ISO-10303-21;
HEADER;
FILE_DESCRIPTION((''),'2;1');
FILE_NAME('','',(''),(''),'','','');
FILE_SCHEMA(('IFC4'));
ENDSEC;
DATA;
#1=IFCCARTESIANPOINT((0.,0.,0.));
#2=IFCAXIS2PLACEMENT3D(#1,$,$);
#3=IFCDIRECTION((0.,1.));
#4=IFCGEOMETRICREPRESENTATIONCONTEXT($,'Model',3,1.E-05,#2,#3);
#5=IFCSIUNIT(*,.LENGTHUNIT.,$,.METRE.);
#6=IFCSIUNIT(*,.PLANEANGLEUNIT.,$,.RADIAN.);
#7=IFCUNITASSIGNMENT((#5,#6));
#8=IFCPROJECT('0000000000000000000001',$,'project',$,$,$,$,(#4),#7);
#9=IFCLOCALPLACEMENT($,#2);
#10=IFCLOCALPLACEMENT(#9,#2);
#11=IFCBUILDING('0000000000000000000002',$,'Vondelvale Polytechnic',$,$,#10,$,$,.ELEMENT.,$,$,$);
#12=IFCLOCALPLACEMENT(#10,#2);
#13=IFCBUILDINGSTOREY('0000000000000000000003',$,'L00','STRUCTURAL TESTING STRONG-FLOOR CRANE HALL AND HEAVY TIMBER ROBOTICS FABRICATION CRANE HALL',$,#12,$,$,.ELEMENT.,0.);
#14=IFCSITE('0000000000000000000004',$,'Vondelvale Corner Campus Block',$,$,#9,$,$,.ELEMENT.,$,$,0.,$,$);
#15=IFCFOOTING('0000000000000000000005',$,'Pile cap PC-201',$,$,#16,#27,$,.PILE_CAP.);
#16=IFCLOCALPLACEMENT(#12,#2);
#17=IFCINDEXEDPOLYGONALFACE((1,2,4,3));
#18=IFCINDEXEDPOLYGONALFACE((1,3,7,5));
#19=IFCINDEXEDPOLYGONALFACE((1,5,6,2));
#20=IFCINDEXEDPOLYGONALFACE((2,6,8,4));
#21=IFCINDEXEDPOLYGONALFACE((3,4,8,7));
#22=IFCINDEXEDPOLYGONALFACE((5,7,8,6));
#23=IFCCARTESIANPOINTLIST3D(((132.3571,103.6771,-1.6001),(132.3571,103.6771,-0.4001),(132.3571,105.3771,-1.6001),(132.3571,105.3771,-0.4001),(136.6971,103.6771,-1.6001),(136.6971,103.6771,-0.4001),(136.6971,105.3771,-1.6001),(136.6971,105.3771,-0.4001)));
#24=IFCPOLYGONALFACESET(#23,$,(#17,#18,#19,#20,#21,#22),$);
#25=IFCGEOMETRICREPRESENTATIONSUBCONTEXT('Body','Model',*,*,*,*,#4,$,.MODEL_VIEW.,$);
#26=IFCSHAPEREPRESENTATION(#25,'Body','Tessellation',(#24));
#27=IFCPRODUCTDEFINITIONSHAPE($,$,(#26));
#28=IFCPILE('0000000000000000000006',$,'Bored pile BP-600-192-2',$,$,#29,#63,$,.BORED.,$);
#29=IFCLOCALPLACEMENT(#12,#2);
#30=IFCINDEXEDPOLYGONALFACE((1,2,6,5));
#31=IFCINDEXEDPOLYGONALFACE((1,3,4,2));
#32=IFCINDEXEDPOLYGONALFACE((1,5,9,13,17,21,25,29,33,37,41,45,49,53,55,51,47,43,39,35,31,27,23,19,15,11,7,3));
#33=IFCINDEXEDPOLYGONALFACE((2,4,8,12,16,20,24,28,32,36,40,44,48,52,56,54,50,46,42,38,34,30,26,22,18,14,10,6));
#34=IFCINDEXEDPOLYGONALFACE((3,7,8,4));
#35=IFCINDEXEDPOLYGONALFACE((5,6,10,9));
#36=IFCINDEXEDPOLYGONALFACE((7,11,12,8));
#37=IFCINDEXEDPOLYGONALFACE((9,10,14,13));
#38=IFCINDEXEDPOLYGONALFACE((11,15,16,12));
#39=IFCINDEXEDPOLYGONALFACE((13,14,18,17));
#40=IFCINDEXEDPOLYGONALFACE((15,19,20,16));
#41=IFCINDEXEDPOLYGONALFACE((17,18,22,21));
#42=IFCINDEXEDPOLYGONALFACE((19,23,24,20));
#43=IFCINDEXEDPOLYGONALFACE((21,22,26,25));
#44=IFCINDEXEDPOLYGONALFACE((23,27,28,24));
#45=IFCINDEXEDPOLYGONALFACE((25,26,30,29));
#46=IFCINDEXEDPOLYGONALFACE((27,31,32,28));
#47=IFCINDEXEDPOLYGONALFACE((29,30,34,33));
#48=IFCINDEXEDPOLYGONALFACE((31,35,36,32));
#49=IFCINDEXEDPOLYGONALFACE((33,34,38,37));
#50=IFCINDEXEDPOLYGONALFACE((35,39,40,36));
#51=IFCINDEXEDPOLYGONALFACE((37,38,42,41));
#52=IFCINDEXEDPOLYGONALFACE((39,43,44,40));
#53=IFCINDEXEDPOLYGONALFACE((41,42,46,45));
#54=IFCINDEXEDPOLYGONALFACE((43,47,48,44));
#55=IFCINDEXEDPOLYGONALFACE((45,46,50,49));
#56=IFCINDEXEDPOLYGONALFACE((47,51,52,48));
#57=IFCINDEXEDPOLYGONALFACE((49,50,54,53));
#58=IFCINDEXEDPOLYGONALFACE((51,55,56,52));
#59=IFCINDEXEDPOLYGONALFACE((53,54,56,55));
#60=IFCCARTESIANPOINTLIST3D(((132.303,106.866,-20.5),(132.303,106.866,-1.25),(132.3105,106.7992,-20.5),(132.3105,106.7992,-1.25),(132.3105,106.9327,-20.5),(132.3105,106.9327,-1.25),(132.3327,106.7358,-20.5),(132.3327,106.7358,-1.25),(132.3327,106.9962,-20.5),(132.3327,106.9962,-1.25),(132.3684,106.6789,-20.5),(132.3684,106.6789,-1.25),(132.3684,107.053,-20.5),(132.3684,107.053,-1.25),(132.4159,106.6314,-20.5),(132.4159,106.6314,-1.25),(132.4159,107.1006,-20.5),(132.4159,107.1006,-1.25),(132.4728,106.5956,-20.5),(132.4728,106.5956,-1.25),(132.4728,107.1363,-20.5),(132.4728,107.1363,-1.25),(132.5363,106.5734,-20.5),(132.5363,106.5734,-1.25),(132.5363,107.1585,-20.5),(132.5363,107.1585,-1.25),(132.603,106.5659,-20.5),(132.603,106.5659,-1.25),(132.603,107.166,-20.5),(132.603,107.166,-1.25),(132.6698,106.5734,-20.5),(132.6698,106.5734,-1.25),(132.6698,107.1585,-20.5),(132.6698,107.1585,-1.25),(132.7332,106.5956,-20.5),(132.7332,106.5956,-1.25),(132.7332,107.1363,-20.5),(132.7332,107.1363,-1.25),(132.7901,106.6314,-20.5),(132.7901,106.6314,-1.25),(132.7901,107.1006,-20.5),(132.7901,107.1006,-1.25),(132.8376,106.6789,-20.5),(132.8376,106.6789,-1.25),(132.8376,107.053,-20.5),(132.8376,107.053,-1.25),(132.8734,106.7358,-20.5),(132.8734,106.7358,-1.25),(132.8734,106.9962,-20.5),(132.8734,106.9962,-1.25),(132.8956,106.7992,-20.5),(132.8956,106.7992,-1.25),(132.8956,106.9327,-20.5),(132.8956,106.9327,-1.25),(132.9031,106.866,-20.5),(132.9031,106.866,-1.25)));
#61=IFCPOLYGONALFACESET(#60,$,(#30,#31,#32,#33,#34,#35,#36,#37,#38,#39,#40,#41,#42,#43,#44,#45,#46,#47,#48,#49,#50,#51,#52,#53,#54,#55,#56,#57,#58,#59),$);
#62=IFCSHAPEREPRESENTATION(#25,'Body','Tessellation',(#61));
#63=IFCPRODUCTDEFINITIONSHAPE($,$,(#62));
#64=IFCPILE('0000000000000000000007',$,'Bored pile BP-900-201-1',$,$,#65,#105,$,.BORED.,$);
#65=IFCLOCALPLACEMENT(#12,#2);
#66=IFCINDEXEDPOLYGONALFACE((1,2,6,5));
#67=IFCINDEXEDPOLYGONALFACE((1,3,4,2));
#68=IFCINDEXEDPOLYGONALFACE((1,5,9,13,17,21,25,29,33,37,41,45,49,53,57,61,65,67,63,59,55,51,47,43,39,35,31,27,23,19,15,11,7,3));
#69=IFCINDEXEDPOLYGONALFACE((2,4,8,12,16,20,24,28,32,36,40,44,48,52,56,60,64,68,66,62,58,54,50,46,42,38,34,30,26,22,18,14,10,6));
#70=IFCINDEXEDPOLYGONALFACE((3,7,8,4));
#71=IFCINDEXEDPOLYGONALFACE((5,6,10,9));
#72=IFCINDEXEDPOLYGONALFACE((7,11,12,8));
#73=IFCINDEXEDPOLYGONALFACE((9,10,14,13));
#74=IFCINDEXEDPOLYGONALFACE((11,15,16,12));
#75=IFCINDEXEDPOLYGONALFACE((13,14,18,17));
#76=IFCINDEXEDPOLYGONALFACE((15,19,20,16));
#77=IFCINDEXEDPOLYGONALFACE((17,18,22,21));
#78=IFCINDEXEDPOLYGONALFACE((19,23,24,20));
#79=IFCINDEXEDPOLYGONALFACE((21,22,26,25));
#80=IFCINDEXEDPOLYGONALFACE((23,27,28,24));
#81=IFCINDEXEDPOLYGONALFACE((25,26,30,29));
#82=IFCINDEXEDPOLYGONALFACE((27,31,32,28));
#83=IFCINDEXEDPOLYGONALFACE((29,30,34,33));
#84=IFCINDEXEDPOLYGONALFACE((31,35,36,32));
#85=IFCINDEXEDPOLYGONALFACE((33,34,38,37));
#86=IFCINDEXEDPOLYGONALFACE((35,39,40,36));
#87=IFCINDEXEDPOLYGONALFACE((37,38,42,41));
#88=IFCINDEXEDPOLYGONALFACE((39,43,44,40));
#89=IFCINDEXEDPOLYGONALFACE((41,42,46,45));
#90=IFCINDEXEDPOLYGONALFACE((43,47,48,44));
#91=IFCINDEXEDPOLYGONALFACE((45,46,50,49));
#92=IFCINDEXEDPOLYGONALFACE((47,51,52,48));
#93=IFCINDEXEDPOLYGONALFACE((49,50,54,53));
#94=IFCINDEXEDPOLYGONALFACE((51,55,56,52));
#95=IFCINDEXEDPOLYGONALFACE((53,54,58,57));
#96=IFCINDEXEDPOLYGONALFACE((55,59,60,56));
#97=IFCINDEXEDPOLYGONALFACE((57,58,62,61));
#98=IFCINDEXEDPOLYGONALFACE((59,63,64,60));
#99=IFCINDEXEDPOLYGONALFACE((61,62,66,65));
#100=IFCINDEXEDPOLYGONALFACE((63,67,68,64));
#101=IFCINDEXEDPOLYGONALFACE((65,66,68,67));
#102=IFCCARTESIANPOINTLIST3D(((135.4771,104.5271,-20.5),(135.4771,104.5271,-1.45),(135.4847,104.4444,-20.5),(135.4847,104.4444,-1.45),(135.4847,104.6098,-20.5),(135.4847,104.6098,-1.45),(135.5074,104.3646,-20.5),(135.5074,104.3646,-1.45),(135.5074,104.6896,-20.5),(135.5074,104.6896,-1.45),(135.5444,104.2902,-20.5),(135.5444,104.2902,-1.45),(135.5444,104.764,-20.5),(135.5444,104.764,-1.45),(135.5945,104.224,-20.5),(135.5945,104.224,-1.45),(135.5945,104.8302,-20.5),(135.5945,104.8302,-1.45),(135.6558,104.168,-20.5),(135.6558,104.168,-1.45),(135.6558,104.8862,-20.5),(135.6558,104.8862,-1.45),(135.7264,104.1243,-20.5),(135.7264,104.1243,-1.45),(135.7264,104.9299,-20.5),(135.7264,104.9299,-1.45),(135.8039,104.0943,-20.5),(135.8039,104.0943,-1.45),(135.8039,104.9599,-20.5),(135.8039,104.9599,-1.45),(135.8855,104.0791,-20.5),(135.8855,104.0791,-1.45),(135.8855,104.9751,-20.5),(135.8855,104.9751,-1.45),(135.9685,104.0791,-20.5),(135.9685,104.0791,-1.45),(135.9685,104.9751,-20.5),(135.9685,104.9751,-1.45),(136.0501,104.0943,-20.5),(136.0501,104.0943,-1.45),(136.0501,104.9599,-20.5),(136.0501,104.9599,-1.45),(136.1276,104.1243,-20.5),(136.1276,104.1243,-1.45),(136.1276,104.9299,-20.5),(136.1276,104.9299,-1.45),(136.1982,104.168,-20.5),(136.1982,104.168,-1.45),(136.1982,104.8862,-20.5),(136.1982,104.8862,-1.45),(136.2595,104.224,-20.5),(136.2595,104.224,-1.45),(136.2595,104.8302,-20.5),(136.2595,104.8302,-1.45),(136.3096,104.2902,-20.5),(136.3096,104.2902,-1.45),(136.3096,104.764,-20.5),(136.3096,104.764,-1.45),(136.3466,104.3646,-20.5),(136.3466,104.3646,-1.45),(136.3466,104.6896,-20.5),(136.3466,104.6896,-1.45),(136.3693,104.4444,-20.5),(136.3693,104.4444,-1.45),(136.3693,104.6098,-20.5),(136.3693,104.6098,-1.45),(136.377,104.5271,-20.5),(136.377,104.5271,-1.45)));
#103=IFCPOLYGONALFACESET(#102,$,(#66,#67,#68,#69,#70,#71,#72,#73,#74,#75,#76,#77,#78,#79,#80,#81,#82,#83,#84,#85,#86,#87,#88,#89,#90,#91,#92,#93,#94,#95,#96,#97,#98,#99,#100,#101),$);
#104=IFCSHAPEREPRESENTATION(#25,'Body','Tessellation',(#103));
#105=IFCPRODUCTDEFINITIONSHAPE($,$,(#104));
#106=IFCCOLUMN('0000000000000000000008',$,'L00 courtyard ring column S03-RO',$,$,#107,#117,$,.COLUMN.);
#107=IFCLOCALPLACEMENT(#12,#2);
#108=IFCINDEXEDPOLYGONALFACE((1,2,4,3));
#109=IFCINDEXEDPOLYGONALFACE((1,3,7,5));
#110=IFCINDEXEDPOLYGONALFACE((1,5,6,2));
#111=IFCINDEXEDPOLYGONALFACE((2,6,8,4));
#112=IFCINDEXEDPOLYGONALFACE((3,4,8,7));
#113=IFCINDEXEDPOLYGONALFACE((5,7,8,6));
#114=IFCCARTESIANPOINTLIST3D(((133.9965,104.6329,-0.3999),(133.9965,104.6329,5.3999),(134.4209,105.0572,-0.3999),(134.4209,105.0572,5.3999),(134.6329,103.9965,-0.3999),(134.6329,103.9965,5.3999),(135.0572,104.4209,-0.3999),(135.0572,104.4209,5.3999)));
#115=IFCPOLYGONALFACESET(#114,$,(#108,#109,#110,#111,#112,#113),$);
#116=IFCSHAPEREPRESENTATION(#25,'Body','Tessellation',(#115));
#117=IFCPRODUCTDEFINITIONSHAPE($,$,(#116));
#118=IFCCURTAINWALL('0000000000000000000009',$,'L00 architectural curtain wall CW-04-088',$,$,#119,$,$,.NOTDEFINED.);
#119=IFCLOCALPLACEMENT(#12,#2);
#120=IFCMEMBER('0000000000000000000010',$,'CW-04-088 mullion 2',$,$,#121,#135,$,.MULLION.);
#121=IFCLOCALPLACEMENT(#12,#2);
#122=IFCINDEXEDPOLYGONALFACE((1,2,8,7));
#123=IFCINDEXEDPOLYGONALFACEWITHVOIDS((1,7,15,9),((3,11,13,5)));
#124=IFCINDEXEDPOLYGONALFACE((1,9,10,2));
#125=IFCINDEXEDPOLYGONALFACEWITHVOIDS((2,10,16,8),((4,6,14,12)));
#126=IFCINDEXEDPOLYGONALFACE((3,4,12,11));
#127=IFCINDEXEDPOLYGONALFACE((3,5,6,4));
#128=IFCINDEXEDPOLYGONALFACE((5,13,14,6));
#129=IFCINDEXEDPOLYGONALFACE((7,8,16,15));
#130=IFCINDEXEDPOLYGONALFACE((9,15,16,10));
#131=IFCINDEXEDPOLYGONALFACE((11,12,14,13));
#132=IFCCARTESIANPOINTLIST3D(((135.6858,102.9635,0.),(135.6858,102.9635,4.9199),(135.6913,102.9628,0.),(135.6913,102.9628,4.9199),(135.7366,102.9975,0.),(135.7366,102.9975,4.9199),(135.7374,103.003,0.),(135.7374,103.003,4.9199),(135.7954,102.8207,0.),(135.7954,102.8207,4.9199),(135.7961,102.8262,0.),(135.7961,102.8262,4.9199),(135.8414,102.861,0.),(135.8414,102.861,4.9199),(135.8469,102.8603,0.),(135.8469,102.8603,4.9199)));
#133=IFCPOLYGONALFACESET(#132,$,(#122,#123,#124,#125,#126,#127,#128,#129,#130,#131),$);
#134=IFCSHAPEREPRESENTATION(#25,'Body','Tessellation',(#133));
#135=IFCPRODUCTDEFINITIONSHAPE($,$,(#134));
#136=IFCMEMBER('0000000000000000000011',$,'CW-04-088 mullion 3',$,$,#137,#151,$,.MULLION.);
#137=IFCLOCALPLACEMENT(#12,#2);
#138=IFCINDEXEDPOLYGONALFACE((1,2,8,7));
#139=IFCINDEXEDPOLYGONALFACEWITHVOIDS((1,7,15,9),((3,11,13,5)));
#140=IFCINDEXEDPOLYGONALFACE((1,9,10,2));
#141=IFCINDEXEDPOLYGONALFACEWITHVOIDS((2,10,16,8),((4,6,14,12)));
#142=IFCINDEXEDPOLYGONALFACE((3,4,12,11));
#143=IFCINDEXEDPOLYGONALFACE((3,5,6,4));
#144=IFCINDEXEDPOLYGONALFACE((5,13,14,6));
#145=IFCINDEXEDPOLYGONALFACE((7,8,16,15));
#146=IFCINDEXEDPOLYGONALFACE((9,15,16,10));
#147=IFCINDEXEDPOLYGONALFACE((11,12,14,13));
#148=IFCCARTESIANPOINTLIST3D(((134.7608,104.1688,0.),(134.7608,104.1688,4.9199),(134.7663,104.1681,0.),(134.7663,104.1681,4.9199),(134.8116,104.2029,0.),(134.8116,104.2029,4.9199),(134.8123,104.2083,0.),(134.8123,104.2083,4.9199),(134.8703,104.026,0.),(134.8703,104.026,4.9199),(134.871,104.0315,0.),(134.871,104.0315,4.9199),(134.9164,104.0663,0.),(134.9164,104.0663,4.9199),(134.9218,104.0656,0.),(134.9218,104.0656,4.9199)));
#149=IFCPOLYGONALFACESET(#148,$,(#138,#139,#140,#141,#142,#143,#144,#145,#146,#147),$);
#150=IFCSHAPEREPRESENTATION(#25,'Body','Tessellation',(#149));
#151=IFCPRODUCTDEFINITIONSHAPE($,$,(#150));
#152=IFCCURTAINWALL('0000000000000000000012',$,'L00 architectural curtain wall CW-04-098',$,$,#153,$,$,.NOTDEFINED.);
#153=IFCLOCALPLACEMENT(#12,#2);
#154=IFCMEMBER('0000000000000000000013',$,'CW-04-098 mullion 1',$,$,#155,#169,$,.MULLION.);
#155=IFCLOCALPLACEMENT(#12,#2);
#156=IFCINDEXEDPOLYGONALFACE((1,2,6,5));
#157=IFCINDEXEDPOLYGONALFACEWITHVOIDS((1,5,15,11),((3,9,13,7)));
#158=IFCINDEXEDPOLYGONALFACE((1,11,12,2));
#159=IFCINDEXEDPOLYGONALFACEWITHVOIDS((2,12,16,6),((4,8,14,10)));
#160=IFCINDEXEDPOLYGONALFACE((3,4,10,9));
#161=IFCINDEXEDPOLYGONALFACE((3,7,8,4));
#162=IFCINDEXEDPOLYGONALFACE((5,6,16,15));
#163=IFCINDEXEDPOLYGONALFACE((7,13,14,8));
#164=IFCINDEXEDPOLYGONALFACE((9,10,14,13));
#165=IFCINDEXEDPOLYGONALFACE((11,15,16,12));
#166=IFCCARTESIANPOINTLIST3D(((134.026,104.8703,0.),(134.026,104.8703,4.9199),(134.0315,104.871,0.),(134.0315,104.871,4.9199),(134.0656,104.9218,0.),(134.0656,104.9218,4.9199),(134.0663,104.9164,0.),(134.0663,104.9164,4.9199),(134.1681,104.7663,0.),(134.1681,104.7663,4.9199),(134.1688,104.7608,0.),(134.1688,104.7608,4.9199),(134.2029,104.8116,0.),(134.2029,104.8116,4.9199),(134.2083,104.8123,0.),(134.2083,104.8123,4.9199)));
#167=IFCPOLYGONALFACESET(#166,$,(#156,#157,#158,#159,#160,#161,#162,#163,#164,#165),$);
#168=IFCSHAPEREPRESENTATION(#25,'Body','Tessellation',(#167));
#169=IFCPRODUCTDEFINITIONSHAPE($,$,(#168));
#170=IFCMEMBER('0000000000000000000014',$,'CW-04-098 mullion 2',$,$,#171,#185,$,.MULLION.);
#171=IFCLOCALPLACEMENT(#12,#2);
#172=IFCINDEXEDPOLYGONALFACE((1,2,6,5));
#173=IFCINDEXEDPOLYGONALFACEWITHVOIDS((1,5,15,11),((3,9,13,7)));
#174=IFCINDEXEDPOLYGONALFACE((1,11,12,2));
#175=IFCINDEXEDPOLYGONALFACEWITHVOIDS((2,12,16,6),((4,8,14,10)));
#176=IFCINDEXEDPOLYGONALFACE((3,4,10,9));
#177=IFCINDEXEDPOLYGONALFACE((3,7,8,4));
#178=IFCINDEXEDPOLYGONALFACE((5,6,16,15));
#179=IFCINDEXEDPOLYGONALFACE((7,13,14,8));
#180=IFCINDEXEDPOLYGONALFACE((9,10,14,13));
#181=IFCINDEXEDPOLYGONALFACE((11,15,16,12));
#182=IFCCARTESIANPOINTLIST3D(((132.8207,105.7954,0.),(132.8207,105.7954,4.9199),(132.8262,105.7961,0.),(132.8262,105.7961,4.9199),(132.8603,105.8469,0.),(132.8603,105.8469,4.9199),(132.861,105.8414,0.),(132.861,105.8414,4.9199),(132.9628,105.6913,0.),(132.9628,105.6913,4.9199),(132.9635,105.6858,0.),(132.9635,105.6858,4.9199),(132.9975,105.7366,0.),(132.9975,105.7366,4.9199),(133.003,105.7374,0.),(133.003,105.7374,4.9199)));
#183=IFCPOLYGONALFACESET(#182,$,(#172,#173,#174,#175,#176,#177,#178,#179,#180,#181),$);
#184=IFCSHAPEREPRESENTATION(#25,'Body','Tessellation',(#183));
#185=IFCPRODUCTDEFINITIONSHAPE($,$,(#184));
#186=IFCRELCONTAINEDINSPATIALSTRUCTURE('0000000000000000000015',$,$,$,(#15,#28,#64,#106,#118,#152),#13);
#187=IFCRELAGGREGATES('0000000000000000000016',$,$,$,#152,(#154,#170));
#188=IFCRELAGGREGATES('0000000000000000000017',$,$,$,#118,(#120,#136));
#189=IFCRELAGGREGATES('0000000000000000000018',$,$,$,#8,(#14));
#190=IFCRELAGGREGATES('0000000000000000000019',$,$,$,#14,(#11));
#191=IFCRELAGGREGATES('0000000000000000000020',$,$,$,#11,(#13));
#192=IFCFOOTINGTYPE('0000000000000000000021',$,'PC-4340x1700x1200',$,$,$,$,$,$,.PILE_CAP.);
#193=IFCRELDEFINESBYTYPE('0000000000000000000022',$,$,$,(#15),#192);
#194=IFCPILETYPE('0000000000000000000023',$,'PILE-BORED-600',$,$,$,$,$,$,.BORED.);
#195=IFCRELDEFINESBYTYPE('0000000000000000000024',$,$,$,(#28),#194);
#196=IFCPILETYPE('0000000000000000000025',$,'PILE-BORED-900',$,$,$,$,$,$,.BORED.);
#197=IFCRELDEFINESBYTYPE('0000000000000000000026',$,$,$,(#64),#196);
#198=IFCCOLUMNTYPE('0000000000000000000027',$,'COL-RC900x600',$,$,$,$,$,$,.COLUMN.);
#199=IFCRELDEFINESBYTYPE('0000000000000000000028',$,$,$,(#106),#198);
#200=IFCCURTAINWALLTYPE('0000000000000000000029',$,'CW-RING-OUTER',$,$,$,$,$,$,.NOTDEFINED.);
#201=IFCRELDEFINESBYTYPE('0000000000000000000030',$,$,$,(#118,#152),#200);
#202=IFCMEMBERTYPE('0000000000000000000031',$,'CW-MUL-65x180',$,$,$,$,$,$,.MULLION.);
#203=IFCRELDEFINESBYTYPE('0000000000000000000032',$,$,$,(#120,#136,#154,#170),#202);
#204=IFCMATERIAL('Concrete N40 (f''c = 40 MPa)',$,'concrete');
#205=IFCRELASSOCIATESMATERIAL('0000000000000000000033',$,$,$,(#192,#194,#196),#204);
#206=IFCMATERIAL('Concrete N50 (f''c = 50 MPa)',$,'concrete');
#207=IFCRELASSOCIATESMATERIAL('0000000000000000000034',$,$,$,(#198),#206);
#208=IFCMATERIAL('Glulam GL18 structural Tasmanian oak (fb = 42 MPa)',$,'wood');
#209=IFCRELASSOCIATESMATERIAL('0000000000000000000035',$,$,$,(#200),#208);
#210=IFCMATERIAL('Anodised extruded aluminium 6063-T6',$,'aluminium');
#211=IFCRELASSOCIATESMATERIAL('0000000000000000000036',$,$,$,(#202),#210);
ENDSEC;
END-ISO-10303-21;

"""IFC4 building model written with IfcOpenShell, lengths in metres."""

from ifc_helpers import new_model, si_unit, direction, frame, origin, origin_2d, place, context, subcontext, project, spatial, rectangle, hollow_rectangle, circle, extrude, material, material_profile, profile_set, type_object, element, aggregate, save


model = new_model("IFC4")

# Units and contexts
model_context = context("Model", 3, precision=1e-05, world=origin(), true_north=direction((0.0, 1.0)))
body_context = subcontext(model_context, "Body", "Model", "MODEL_VIEW")
ifc_project = project(units=[si_unit("LENGTHUNIT", "METRE"), si_unit("PLANEANGLEUNIT", "RADIAN")], contexts=[model_context])

# Site, building, storey
site_placement = place(None, origin())
site = spatial("IfcSite", under=ifc_project, at=site_placement, Name="Vondelvale Corner Campus Block", CompositionType="ELEMENT", RefElevation=0.0)
building_placement = place(site_placement, origin())
building = spatial("IfcBuilding", under=site, at=building_placement, Name="Vondelvale Polytechnic", CompositionType="ELEMENT")
storey_placement = place(building_placement, origin())
storey = spatial("IfcBuildingStorey", under=building, at=storey_placement, Name="L00", Description="STRUCTURAL TESTING STRONG-FLOOR CRANE HALL AND HEAVY TIMBER ROBOTICS FABRICATION CRANE HALL", CompositionType="ELEMENT", Elevation=0.0)

# Footing
ifc_material_1 = material(Name="Concrete N40 (f'c = 40 MPa)", Category="concrete")
footing_type = type_object("IfcFootingType", Name="PC-4340x1700x1200", PredefinedType="PILE_CAP", material=ifc_material_1)
footing_placement = place(storey_placement, frame((134.5271, 104.5271, -1.6001), z_axis=(0.0, 0.0, 1.0), x_axis=(1.0, 0.0, 0.0)))
element("IfcFooting", 1, at=footing_placement, inside=storey, type_object=footing_type, Name="Pile cap PC-201", PredefinedType="PILE_CAP", context=body_context, shape_type="SweptSolid", body=[
    extrude(rectangle(XDim=4.3401, YDim=1.7, at=origin_2d()), origin(), (0.0, 0.0, 1.0), 1.2),
])

# Piles
ifc_material_profile_1 = material_profile(ifc_material_1, circle(Radius=0.3, at=origin_2d()), Name="PILE-D600")
ifc_profile_set_1 = profile_set([ifc_material_profile_1], Name="Concrete N40 (f'c = 40 MPa)")
pile_type_1 = type_object("IfcPileType", Name="PILE-BORED-600", PredefinedType="BORED", material=ifc_profile_set_1)
pile_1_placement = place(storey_placement, frame((132.603, 106.866, -1.25), z_axis=(0.0, 0.0, -1.0), x_axis=(1.0, 0.0, 0.0)))
element("IfcPile", 2, at=pile_1_placement, inside=storey, type_object=pile_type_1, Name="Bored pile BP-600-192-2", PredefinedType="BORED", context=body_context, shape_type="SweptSolid", body=[
    extrude(circle(Radius=0.3, at=origin_2d()), origin(), (0.0, 0.0, 1.0), 19.25),
])
ifc_material_profile_2 = material_profile(ifc_material_1, circle(Radius=0.45, at=origin_2d()), Name="PILE-D900")
ifc_profile_set_2 = profile_set([ifc_material_profile_2], Name="Concrete N40 (f'c = 40 MPa)")
pile_type_2 = type_object("IfcPileType", Name="PILE-BORED-900", PredefinedType="BORED", material=ifc_profile_set_2)
pile_2_placement = place(storey_placement, frame((135.927, 104.5271, -1.45), z_axis=(0.0, 0.0, -1.0), x_axis=(1.0, 0.0, 0.0)))
element("IfcPile", 3, at=pile_2_placement, inside=storey, type_object=pile_type_2, Name="Bored pile BP-900-201-1", PredefinedType="BORED", context=body_context, shape_type="SweptSolid", body=[
    extrude(circle(Radius=0.45, at=origin_2d()), origin(), (0.0, 0.0, 1.0), 19.05),
])

# Column
ifc_material_2 = material(Name="Concrete N50 (f'c = 50 MPa)", Category="concrete")
ifc_material_profile_3 = material_profile(ifc_material_2, rectangle(XDim=0.6001, YDim=0.8999, at=origin_2d()), Name="RC-COL-900x600")
ifc_profile_set_3 = profile_set([ifc_material_profile_3], Name="Concrete N50 (f'c = 50 MPa)")
column_type = type_object("IfcColumnType", Name="COL-RC900x600", PredefinedType="COLUMN", material=ifc_profile_set_3)
column_placement = place(storey_placement, frame((134.5269, 104.5269, -0.3999), z_axis=(0.0, 0.0, 1.0), x_axis=(0.707107, 0.707107, 0.0)))
element("IfcColumn", 4, at=column_placement, inside=storey, type_object=column_type, Name="L00 courtyard ring column S03-RO", PredefinedType="COLUMN", context=body_context, shape_type="SweptSolid", body=[
    extrude(rectangle(XDim=0.6001, YDim=0.8999, at=origin_2d()), origin(), (0.0, 0.0, 1.0), 5.7998),
])

# Curtain walls, members
ifc_material_3 = material(Name="Glulam GL18 structural Tasmanian oak (fb = 42 MPa)", Category="wood")
curtain_wall_type = type_object("IfcCurtainWallType", Name="CW-RING-OUTER", PredefinedType="NOTDEFINED", material=ifc_material_3)
curtain_wall_1_placement = place(storey_placement, origin())
curtain_wall_1 = element("IfcCurtainWall", 5, at=curtain_wall_1_placement, inside=storey, type_object=curtain_wall_type, Name="L00 architectural curtain wall CW-04-088", PredefinedType="NOTDEFINED")
ifc_material_4 = material(Name="Anodised extruded aluminium 6063-T6", Category="aluminium")
ifc_material_profile_4 = material_profile(ifc_material_4, hollow_rectangle(XDim=0.0649, YDim=0.1799, WallThickness=0.0039, at=origin_2d()), Name="CW-MUL-180x65")
ifc_profile_set_4 = profile_set([ifc_material_profile_4], Name="Anodised extruded aluminium 6063-T6")
member_type_1 = type_object("IfcMemberType", Name="CW-MUL-65x180", PredefinedType="MULLION", material=ifc_profile_set_4)
member_1_placement = place(storey_placement, frame((135.7664, 102.9119, 0.0), z_axis=(0.0, 0.0, 1.0), x_axis=(-0.793352, -0.608764, 0.0)))
member_1 = element("IfcMember", 6, at=member_1_placement, type_object=member_type_1, Name="CW-04-088 mullion 2", PredefinedType="MULLION", context=body_context, shape_type="SweptSolid", body=[
    extrude(hollow_rectangle(XDim=0.0649, YDim=0.1799, WallThickness=0.0039, at=origin_2d()), origin(), (0.0, 0.0, 1.0), 4.9199),
])
member_2_placement = place(storey_placement, frame((134.8413, 104.1172, 0.0), z_axis=(0.0, 0.0, 1.0), x_axis=(-0.793352, -0.608764, 0.0)))
member_2 = element("IfcMember", 7, at=member_2_placement, type_object=member_type_1, Name="CW-04-088 mullion 3", PredefinedType="MULLION", context=body_context, shape_type="SweptSolid", body=[
    extrude(hollow_rectangle(XDim=0.0649, YDim=0.1799, WallThickness=0.0039, at=origin_2d()), origin(), (0.0, 0.0, 1.0), 4.9199),
])
curtain_wall_2_placement = place(storey_placement, origin())
curtain_wall_2 = element("IfcCurtainWall", 8, at=curtain_wall_2_placement, inside=storey, type_object=curtain_wall_type, Name="L00 architectural curtain wall CW-04-098", PredefinedType="NOTDEFINED")
member_3_placement = place(storey_placement, frame((134.1172, 104.8413, 0.0), z_axis=(0.0, 0.0, 1.0), x_axis=(-0.608764, -0.793352, 0.0)))
member_3 = element("IfcMember", 9, at=member_3_placement, type_object=member_type_1, Name="CW-04-098 mullion 1", PredefinedType="MULLION", context=body_context, shape_type="SweptSolid", body=[
    extrude(hollow_rectangle(XDim=0.0649, YDim=0.1799, WallThickness=0.0039, at=origin_2d()), origin(), (0.0, 0.0, 1.0), 4.9199),
])
member_4_placement = place(storey_placement, frame((132.9119, 105.7664, 0.0), z_axis=(0.0, 0.0, 1.0), x_axis=(-0.608764, -0.793352, 0.0)))
member_4 = element("IfcMember", 10, at=member_4_placement, type_object=member_type_1, Name="CW-04-098 mullion 2", PredefinedType="MULLION", context=body_context, shape_type="SweptSolid", body=[
    extrude(hollow_rectangle(XDim=0.0649, YDim=0.1799, WallThickness=0.0039, at=origin_2d()), origin(), (0.0, 0.0, 1.0), 4.9199),
])

aggregate(curtain_wall_2, [member_3, member_4])
aggregate(curtain_wall_1, [member_1, member_2])

save(model, "model.ifc")
